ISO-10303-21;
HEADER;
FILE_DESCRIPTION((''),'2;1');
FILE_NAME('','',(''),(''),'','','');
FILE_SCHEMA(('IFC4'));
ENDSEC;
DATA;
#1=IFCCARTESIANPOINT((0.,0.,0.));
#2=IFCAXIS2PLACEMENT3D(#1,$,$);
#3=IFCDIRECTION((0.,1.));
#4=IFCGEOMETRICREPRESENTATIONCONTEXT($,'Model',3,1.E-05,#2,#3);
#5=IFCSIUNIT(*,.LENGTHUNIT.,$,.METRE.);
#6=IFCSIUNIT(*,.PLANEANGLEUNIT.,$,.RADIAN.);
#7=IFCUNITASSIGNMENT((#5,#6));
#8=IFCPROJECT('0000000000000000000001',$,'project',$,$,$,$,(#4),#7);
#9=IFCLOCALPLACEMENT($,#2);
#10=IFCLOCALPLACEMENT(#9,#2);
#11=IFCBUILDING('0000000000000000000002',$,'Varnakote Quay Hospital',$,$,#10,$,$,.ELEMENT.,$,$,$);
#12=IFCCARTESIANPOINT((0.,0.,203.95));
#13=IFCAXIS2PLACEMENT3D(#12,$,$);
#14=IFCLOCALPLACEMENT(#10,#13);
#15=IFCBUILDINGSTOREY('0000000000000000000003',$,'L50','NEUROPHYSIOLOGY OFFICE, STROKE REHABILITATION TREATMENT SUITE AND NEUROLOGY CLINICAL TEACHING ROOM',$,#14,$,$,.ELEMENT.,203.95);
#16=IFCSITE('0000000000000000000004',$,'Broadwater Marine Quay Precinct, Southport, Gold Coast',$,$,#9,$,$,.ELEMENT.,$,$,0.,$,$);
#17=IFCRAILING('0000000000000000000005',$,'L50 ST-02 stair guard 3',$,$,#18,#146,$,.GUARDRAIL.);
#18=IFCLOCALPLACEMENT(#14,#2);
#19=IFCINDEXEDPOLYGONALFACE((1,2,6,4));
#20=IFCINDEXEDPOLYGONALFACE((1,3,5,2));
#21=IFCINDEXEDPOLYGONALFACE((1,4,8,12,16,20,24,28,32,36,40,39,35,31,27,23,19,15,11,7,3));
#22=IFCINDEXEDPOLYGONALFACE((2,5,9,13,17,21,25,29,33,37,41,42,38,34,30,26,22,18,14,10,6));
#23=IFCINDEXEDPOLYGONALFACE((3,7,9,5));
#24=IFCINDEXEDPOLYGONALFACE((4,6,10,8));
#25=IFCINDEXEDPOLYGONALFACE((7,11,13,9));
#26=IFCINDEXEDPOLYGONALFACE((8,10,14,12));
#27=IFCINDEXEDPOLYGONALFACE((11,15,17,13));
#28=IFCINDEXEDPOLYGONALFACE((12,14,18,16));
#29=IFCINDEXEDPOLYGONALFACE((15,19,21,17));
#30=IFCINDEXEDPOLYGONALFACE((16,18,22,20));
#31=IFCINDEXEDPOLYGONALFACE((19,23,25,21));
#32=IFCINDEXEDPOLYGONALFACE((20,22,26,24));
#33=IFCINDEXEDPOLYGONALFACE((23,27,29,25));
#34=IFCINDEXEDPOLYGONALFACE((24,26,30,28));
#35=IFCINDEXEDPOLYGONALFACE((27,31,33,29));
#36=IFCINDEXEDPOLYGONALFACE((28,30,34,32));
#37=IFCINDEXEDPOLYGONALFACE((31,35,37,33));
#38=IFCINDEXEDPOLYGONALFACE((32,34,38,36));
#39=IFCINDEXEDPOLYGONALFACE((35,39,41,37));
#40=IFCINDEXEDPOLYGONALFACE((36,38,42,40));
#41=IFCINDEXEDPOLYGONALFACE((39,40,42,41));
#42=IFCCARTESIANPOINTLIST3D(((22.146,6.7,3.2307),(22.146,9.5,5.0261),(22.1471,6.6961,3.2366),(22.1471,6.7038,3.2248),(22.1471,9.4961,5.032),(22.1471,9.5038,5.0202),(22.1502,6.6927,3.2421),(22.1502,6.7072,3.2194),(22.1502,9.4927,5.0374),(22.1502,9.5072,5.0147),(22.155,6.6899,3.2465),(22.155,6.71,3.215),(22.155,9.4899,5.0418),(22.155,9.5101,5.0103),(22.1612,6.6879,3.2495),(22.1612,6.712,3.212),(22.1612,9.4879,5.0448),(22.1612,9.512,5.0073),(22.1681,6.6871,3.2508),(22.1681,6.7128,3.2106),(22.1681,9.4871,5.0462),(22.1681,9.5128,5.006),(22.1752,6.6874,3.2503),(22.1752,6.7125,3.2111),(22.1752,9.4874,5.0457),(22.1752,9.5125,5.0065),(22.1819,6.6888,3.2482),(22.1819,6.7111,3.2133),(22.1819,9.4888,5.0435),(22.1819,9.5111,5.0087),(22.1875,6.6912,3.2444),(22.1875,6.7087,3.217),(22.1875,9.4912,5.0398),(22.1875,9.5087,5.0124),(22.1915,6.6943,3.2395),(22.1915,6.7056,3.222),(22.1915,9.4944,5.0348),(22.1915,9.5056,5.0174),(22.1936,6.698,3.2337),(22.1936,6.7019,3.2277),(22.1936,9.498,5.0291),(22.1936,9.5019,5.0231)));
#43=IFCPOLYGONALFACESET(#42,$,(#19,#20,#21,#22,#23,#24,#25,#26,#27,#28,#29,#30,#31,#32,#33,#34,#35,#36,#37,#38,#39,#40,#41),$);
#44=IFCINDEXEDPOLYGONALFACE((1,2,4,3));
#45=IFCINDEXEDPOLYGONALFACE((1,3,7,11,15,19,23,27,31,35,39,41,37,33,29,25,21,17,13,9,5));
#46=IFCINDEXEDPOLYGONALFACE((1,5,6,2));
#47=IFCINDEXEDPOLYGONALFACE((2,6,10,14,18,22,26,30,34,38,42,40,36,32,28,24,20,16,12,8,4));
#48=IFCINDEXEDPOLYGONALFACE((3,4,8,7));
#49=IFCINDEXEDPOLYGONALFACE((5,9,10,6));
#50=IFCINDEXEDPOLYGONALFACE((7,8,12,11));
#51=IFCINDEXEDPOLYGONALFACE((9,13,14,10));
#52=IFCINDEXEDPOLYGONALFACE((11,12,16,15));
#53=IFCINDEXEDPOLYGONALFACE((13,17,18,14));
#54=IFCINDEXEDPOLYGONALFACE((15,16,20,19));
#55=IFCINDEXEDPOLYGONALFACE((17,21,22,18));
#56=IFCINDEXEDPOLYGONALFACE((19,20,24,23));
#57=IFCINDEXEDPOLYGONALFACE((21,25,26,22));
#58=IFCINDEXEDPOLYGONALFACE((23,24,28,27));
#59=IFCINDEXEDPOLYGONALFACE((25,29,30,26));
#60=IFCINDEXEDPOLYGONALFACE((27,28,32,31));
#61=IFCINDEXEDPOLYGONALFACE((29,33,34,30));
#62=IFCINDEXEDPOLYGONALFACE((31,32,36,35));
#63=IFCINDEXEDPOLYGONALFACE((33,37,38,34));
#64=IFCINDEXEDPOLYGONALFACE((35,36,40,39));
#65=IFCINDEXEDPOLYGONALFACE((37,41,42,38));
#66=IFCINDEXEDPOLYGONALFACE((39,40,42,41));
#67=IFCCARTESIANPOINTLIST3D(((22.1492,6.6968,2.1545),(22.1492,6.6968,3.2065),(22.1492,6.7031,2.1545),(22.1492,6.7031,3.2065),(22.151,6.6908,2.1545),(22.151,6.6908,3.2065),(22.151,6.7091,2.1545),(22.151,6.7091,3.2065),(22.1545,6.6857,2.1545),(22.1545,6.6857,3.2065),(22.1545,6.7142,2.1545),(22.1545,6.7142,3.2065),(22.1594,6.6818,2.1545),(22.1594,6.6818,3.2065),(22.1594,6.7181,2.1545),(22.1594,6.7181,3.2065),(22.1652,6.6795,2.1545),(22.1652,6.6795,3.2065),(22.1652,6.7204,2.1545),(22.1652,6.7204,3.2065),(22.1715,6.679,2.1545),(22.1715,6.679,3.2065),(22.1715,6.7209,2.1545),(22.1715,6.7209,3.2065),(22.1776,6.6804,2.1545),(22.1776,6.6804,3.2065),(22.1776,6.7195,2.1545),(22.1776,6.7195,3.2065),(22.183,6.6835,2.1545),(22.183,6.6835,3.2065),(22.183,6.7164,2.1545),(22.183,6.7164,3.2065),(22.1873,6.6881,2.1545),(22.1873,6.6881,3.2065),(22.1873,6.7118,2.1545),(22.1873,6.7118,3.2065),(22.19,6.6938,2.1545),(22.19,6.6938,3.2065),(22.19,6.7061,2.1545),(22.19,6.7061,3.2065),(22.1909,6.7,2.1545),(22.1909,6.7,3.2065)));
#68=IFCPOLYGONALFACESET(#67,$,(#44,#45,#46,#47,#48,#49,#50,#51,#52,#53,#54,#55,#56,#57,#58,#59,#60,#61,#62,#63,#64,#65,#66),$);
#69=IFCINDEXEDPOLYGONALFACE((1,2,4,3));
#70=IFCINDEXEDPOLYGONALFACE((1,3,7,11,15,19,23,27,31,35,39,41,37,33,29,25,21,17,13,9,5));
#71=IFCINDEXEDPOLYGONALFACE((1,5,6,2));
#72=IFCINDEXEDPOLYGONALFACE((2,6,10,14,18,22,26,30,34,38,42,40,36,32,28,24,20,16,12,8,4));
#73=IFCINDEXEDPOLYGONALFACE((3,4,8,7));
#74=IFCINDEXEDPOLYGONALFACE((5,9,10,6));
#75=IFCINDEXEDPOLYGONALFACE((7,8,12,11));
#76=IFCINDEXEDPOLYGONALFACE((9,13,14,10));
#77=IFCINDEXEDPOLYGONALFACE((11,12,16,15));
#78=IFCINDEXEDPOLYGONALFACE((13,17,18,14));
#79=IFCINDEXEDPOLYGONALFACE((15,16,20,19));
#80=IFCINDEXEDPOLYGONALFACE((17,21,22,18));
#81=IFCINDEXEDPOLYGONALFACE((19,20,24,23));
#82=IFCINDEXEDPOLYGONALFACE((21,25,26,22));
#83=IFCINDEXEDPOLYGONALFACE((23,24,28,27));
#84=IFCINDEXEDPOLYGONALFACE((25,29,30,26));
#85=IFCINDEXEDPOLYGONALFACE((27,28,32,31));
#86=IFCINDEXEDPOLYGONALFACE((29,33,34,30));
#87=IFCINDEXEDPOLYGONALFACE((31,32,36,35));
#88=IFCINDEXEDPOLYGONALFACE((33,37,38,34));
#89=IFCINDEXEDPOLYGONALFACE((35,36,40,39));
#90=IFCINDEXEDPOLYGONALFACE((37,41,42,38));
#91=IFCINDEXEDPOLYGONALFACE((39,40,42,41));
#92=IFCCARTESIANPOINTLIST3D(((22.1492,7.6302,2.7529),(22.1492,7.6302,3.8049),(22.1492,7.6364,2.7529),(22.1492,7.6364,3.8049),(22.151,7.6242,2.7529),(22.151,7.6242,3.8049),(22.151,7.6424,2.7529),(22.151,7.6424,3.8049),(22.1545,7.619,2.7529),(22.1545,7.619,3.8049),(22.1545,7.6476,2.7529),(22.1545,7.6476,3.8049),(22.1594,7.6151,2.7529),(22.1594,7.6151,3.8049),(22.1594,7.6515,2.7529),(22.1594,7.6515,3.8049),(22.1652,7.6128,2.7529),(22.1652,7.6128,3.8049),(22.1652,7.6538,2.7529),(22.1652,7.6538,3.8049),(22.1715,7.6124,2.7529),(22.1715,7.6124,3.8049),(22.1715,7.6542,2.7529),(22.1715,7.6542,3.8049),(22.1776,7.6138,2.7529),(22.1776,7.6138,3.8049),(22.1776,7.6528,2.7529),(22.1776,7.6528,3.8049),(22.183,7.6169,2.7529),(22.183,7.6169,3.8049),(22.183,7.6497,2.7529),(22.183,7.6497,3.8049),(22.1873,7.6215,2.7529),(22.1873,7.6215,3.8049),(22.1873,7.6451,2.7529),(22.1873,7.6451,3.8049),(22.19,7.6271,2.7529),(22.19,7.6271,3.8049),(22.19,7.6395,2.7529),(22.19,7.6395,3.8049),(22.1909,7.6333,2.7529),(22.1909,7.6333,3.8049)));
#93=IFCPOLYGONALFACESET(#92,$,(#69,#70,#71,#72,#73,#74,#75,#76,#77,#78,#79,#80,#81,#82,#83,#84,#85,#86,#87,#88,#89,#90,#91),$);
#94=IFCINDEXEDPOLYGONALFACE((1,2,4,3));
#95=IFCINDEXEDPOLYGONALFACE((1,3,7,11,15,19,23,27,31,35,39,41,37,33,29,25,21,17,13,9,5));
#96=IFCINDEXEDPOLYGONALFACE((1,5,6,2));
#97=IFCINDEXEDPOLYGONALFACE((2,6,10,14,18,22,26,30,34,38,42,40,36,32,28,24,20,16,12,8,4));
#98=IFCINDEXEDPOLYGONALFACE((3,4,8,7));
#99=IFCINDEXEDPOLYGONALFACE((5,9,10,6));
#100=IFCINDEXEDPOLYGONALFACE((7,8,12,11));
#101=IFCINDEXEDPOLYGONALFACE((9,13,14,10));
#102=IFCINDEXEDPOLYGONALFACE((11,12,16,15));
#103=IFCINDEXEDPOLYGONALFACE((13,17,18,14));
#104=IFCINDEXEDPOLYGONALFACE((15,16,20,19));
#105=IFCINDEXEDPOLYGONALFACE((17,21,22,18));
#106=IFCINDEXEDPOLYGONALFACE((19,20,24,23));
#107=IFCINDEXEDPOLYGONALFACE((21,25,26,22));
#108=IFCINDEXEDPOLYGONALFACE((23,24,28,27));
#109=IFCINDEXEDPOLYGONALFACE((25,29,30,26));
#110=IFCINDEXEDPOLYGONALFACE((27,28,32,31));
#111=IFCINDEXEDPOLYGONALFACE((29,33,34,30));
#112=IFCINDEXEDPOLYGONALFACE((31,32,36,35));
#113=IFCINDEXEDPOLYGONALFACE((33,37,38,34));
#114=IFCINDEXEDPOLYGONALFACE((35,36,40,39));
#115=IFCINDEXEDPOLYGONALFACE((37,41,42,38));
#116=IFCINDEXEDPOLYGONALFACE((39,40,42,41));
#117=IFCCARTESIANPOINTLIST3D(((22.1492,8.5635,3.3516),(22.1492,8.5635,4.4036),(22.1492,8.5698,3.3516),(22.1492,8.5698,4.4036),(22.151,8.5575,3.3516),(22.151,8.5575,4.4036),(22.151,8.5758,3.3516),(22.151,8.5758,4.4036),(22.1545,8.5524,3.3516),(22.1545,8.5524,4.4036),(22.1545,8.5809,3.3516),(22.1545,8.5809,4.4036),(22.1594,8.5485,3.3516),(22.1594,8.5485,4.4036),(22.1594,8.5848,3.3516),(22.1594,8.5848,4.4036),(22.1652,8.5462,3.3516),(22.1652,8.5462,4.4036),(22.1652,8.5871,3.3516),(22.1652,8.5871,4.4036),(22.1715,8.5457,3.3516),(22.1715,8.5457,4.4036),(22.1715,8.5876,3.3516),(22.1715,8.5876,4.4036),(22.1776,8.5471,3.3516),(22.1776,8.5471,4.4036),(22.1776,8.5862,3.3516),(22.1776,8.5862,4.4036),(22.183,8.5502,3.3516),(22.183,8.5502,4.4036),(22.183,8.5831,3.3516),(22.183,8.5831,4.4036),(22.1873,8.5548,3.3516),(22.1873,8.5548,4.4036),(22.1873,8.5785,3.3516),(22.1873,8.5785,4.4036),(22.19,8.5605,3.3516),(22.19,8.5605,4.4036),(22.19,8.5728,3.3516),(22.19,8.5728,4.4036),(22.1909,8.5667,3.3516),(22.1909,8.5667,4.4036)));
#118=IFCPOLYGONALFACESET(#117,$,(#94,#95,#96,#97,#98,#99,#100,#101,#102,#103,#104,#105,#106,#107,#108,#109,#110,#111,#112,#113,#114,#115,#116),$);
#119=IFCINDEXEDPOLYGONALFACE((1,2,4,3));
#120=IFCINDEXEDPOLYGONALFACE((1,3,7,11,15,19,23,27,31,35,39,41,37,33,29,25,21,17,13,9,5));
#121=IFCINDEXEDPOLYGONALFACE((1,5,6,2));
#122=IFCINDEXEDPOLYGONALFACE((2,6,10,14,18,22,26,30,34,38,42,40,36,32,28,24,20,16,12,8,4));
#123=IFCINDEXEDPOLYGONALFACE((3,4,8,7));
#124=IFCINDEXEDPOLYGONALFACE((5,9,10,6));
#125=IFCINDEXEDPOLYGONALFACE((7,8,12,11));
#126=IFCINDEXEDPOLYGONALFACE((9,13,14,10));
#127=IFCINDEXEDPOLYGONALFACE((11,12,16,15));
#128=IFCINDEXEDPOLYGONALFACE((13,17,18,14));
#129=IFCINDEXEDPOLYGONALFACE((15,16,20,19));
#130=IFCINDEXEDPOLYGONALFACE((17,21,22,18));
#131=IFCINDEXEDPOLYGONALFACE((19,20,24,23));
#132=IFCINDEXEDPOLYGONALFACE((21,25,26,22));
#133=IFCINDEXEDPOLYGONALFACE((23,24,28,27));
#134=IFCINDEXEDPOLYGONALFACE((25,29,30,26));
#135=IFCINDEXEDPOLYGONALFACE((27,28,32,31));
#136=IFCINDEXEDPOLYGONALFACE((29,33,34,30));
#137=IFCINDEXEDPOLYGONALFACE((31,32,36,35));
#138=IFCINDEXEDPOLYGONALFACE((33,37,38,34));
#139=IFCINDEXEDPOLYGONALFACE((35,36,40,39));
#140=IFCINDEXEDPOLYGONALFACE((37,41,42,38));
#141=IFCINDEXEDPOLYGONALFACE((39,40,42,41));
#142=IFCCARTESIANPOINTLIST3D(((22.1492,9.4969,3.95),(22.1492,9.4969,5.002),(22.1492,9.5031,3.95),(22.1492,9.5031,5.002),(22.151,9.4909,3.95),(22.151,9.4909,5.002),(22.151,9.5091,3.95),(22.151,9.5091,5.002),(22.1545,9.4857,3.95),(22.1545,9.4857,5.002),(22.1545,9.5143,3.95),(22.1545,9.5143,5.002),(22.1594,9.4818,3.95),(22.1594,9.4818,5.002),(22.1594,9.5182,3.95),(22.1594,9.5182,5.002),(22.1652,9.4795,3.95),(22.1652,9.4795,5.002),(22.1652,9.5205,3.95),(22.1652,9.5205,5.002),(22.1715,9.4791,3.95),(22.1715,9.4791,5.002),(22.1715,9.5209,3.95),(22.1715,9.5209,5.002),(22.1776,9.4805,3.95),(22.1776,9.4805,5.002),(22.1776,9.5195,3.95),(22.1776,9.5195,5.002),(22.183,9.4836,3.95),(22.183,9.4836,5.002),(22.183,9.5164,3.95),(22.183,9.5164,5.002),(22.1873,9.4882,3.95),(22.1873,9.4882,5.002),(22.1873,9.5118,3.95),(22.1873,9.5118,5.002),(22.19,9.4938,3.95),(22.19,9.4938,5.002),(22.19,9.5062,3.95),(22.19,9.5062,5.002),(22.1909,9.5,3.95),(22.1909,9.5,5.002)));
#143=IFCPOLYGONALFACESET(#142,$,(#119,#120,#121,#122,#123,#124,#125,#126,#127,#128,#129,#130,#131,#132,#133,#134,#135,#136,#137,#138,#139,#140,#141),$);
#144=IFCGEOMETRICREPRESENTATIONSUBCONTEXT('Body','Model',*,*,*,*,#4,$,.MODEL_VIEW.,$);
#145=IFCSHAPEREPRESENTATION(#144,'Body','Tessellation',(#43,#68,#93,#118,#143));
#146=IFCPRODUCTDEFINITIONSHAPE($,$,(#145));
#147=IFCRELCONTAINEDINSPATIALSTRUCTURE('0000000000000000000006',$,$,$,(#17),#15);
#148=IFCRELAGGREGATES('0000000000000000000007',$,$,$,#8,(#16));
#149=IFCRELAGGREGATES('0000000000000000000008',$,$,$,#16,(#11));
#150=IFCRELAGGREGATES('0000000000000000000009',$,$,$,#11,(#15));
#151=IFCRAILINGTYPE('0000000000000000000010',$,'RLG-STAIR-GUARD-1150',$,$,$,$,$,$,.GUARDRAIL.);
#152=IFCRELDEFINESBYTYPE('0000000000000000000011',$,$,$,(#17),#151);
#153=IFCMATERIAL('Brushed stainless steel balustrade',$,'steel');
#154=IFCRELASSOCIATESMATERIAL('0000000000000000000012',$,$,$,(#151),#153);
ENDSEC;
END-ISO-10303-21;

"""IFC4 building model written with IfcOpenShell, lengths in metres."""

from ifc_helpers import new_model, si_unit, direction, frame, origin, origin_2d, place, context, subcontext, project, spatial, circle, extrude, material, type_object, element, save


model = new_model("IFC4")

# Units and contexts
model_context = context("Model", 3, precision=1e-05, world=origin(), true_north=direction((0.0, 1.0)))
body_context = subcontext(model_context, "Body", "Model", "MODEL_VIEW")
ifc_project = project(units=[si_unit("LENGTHUNIT", "METRE"), si_unit("PLANEANGLEUNIT", "RADIAN")], contexts=[model_context])

# Site, building, storey
site_placement = place(None, origin())
site = spatial("IfcSite", under=ifc_project, at=site_placement, Name="Broadwater Marine Quay Precinct, Southport, Gold Coast", CompositionType="ELEMENT", RefElevation=0.0)
building_placement = place(site_placement, origin())
building = spatial("IfcBuilding", under=site, at=building_placement, Name="Varnakote Quay Hospital", CompositionType="ELEMENT")
storey_placement = place(building_placement, frame((0.0, 0.0, 203.95)))
storey = spatial("IfcBuildingStorey", under=building, at=storey_placement, Name="L50", Description="NEUROPHYSIOLOGY OFFICE, STROKE REHABILITATION TREATMENT SUITE AND NEUROLOGY CLINICAL TEACHING ROOM", CompositionType="ELEMENT", Elevation=203.95)

# Railing
ifc_material_1 = material(Name="Brushed stainless steel balustrade", Category="steel")
railing_type_1 = type_object("IfcRailingType", Name="RLG-STAIR-GUARD-1150", PredefinedType="GUARDRAIL", material=ifc_material_1)
railing_1_placement = place(storey_placement, frame((22.1699, 6.7, 2.1545)))
element("IfcRailing", 1, at=railing_1_placement, inside=storey, type_object=railing_type_1, Name="L50 ST-02 stair guard 3", PredefinedType="GUARDRAIL", context=body_context, shape_type="SweptSolid", body=[
    extrude(circle(Radius=0.0239, at=origin_2d()), frame((0.0, 0.0, 1.0762), z_axis=(0.0, 0.84181, 0.539774), x_axis=(-1.0, 0.0, 0.0)), (0.0, 0.0, 1.0), 3.3262),
    extrude(circle(Radius=0.021, at=origin_2d()), origin(), (0.0, 0.0, 1.0), 1.052),
    extrude(circle(Radius=0.021, at=origin_2d()), frame((0.0, 0.9333, 0.5984)), (0.0, 0.0, 1.0), 1.052),
    extrude(circle(Radius=0.021, at=origin_2d()), frame((0.0, 1.8667, 1.197)), (0.0, 0.0, 1.0), 1.052),
    extrude(circle(Radius=0.021, at=origin_2d()), frame((0.0, 2.8, 1.7954)), (0.0, 0.0, 1.0), 1.052),
])

save(model, "model.ifc")
